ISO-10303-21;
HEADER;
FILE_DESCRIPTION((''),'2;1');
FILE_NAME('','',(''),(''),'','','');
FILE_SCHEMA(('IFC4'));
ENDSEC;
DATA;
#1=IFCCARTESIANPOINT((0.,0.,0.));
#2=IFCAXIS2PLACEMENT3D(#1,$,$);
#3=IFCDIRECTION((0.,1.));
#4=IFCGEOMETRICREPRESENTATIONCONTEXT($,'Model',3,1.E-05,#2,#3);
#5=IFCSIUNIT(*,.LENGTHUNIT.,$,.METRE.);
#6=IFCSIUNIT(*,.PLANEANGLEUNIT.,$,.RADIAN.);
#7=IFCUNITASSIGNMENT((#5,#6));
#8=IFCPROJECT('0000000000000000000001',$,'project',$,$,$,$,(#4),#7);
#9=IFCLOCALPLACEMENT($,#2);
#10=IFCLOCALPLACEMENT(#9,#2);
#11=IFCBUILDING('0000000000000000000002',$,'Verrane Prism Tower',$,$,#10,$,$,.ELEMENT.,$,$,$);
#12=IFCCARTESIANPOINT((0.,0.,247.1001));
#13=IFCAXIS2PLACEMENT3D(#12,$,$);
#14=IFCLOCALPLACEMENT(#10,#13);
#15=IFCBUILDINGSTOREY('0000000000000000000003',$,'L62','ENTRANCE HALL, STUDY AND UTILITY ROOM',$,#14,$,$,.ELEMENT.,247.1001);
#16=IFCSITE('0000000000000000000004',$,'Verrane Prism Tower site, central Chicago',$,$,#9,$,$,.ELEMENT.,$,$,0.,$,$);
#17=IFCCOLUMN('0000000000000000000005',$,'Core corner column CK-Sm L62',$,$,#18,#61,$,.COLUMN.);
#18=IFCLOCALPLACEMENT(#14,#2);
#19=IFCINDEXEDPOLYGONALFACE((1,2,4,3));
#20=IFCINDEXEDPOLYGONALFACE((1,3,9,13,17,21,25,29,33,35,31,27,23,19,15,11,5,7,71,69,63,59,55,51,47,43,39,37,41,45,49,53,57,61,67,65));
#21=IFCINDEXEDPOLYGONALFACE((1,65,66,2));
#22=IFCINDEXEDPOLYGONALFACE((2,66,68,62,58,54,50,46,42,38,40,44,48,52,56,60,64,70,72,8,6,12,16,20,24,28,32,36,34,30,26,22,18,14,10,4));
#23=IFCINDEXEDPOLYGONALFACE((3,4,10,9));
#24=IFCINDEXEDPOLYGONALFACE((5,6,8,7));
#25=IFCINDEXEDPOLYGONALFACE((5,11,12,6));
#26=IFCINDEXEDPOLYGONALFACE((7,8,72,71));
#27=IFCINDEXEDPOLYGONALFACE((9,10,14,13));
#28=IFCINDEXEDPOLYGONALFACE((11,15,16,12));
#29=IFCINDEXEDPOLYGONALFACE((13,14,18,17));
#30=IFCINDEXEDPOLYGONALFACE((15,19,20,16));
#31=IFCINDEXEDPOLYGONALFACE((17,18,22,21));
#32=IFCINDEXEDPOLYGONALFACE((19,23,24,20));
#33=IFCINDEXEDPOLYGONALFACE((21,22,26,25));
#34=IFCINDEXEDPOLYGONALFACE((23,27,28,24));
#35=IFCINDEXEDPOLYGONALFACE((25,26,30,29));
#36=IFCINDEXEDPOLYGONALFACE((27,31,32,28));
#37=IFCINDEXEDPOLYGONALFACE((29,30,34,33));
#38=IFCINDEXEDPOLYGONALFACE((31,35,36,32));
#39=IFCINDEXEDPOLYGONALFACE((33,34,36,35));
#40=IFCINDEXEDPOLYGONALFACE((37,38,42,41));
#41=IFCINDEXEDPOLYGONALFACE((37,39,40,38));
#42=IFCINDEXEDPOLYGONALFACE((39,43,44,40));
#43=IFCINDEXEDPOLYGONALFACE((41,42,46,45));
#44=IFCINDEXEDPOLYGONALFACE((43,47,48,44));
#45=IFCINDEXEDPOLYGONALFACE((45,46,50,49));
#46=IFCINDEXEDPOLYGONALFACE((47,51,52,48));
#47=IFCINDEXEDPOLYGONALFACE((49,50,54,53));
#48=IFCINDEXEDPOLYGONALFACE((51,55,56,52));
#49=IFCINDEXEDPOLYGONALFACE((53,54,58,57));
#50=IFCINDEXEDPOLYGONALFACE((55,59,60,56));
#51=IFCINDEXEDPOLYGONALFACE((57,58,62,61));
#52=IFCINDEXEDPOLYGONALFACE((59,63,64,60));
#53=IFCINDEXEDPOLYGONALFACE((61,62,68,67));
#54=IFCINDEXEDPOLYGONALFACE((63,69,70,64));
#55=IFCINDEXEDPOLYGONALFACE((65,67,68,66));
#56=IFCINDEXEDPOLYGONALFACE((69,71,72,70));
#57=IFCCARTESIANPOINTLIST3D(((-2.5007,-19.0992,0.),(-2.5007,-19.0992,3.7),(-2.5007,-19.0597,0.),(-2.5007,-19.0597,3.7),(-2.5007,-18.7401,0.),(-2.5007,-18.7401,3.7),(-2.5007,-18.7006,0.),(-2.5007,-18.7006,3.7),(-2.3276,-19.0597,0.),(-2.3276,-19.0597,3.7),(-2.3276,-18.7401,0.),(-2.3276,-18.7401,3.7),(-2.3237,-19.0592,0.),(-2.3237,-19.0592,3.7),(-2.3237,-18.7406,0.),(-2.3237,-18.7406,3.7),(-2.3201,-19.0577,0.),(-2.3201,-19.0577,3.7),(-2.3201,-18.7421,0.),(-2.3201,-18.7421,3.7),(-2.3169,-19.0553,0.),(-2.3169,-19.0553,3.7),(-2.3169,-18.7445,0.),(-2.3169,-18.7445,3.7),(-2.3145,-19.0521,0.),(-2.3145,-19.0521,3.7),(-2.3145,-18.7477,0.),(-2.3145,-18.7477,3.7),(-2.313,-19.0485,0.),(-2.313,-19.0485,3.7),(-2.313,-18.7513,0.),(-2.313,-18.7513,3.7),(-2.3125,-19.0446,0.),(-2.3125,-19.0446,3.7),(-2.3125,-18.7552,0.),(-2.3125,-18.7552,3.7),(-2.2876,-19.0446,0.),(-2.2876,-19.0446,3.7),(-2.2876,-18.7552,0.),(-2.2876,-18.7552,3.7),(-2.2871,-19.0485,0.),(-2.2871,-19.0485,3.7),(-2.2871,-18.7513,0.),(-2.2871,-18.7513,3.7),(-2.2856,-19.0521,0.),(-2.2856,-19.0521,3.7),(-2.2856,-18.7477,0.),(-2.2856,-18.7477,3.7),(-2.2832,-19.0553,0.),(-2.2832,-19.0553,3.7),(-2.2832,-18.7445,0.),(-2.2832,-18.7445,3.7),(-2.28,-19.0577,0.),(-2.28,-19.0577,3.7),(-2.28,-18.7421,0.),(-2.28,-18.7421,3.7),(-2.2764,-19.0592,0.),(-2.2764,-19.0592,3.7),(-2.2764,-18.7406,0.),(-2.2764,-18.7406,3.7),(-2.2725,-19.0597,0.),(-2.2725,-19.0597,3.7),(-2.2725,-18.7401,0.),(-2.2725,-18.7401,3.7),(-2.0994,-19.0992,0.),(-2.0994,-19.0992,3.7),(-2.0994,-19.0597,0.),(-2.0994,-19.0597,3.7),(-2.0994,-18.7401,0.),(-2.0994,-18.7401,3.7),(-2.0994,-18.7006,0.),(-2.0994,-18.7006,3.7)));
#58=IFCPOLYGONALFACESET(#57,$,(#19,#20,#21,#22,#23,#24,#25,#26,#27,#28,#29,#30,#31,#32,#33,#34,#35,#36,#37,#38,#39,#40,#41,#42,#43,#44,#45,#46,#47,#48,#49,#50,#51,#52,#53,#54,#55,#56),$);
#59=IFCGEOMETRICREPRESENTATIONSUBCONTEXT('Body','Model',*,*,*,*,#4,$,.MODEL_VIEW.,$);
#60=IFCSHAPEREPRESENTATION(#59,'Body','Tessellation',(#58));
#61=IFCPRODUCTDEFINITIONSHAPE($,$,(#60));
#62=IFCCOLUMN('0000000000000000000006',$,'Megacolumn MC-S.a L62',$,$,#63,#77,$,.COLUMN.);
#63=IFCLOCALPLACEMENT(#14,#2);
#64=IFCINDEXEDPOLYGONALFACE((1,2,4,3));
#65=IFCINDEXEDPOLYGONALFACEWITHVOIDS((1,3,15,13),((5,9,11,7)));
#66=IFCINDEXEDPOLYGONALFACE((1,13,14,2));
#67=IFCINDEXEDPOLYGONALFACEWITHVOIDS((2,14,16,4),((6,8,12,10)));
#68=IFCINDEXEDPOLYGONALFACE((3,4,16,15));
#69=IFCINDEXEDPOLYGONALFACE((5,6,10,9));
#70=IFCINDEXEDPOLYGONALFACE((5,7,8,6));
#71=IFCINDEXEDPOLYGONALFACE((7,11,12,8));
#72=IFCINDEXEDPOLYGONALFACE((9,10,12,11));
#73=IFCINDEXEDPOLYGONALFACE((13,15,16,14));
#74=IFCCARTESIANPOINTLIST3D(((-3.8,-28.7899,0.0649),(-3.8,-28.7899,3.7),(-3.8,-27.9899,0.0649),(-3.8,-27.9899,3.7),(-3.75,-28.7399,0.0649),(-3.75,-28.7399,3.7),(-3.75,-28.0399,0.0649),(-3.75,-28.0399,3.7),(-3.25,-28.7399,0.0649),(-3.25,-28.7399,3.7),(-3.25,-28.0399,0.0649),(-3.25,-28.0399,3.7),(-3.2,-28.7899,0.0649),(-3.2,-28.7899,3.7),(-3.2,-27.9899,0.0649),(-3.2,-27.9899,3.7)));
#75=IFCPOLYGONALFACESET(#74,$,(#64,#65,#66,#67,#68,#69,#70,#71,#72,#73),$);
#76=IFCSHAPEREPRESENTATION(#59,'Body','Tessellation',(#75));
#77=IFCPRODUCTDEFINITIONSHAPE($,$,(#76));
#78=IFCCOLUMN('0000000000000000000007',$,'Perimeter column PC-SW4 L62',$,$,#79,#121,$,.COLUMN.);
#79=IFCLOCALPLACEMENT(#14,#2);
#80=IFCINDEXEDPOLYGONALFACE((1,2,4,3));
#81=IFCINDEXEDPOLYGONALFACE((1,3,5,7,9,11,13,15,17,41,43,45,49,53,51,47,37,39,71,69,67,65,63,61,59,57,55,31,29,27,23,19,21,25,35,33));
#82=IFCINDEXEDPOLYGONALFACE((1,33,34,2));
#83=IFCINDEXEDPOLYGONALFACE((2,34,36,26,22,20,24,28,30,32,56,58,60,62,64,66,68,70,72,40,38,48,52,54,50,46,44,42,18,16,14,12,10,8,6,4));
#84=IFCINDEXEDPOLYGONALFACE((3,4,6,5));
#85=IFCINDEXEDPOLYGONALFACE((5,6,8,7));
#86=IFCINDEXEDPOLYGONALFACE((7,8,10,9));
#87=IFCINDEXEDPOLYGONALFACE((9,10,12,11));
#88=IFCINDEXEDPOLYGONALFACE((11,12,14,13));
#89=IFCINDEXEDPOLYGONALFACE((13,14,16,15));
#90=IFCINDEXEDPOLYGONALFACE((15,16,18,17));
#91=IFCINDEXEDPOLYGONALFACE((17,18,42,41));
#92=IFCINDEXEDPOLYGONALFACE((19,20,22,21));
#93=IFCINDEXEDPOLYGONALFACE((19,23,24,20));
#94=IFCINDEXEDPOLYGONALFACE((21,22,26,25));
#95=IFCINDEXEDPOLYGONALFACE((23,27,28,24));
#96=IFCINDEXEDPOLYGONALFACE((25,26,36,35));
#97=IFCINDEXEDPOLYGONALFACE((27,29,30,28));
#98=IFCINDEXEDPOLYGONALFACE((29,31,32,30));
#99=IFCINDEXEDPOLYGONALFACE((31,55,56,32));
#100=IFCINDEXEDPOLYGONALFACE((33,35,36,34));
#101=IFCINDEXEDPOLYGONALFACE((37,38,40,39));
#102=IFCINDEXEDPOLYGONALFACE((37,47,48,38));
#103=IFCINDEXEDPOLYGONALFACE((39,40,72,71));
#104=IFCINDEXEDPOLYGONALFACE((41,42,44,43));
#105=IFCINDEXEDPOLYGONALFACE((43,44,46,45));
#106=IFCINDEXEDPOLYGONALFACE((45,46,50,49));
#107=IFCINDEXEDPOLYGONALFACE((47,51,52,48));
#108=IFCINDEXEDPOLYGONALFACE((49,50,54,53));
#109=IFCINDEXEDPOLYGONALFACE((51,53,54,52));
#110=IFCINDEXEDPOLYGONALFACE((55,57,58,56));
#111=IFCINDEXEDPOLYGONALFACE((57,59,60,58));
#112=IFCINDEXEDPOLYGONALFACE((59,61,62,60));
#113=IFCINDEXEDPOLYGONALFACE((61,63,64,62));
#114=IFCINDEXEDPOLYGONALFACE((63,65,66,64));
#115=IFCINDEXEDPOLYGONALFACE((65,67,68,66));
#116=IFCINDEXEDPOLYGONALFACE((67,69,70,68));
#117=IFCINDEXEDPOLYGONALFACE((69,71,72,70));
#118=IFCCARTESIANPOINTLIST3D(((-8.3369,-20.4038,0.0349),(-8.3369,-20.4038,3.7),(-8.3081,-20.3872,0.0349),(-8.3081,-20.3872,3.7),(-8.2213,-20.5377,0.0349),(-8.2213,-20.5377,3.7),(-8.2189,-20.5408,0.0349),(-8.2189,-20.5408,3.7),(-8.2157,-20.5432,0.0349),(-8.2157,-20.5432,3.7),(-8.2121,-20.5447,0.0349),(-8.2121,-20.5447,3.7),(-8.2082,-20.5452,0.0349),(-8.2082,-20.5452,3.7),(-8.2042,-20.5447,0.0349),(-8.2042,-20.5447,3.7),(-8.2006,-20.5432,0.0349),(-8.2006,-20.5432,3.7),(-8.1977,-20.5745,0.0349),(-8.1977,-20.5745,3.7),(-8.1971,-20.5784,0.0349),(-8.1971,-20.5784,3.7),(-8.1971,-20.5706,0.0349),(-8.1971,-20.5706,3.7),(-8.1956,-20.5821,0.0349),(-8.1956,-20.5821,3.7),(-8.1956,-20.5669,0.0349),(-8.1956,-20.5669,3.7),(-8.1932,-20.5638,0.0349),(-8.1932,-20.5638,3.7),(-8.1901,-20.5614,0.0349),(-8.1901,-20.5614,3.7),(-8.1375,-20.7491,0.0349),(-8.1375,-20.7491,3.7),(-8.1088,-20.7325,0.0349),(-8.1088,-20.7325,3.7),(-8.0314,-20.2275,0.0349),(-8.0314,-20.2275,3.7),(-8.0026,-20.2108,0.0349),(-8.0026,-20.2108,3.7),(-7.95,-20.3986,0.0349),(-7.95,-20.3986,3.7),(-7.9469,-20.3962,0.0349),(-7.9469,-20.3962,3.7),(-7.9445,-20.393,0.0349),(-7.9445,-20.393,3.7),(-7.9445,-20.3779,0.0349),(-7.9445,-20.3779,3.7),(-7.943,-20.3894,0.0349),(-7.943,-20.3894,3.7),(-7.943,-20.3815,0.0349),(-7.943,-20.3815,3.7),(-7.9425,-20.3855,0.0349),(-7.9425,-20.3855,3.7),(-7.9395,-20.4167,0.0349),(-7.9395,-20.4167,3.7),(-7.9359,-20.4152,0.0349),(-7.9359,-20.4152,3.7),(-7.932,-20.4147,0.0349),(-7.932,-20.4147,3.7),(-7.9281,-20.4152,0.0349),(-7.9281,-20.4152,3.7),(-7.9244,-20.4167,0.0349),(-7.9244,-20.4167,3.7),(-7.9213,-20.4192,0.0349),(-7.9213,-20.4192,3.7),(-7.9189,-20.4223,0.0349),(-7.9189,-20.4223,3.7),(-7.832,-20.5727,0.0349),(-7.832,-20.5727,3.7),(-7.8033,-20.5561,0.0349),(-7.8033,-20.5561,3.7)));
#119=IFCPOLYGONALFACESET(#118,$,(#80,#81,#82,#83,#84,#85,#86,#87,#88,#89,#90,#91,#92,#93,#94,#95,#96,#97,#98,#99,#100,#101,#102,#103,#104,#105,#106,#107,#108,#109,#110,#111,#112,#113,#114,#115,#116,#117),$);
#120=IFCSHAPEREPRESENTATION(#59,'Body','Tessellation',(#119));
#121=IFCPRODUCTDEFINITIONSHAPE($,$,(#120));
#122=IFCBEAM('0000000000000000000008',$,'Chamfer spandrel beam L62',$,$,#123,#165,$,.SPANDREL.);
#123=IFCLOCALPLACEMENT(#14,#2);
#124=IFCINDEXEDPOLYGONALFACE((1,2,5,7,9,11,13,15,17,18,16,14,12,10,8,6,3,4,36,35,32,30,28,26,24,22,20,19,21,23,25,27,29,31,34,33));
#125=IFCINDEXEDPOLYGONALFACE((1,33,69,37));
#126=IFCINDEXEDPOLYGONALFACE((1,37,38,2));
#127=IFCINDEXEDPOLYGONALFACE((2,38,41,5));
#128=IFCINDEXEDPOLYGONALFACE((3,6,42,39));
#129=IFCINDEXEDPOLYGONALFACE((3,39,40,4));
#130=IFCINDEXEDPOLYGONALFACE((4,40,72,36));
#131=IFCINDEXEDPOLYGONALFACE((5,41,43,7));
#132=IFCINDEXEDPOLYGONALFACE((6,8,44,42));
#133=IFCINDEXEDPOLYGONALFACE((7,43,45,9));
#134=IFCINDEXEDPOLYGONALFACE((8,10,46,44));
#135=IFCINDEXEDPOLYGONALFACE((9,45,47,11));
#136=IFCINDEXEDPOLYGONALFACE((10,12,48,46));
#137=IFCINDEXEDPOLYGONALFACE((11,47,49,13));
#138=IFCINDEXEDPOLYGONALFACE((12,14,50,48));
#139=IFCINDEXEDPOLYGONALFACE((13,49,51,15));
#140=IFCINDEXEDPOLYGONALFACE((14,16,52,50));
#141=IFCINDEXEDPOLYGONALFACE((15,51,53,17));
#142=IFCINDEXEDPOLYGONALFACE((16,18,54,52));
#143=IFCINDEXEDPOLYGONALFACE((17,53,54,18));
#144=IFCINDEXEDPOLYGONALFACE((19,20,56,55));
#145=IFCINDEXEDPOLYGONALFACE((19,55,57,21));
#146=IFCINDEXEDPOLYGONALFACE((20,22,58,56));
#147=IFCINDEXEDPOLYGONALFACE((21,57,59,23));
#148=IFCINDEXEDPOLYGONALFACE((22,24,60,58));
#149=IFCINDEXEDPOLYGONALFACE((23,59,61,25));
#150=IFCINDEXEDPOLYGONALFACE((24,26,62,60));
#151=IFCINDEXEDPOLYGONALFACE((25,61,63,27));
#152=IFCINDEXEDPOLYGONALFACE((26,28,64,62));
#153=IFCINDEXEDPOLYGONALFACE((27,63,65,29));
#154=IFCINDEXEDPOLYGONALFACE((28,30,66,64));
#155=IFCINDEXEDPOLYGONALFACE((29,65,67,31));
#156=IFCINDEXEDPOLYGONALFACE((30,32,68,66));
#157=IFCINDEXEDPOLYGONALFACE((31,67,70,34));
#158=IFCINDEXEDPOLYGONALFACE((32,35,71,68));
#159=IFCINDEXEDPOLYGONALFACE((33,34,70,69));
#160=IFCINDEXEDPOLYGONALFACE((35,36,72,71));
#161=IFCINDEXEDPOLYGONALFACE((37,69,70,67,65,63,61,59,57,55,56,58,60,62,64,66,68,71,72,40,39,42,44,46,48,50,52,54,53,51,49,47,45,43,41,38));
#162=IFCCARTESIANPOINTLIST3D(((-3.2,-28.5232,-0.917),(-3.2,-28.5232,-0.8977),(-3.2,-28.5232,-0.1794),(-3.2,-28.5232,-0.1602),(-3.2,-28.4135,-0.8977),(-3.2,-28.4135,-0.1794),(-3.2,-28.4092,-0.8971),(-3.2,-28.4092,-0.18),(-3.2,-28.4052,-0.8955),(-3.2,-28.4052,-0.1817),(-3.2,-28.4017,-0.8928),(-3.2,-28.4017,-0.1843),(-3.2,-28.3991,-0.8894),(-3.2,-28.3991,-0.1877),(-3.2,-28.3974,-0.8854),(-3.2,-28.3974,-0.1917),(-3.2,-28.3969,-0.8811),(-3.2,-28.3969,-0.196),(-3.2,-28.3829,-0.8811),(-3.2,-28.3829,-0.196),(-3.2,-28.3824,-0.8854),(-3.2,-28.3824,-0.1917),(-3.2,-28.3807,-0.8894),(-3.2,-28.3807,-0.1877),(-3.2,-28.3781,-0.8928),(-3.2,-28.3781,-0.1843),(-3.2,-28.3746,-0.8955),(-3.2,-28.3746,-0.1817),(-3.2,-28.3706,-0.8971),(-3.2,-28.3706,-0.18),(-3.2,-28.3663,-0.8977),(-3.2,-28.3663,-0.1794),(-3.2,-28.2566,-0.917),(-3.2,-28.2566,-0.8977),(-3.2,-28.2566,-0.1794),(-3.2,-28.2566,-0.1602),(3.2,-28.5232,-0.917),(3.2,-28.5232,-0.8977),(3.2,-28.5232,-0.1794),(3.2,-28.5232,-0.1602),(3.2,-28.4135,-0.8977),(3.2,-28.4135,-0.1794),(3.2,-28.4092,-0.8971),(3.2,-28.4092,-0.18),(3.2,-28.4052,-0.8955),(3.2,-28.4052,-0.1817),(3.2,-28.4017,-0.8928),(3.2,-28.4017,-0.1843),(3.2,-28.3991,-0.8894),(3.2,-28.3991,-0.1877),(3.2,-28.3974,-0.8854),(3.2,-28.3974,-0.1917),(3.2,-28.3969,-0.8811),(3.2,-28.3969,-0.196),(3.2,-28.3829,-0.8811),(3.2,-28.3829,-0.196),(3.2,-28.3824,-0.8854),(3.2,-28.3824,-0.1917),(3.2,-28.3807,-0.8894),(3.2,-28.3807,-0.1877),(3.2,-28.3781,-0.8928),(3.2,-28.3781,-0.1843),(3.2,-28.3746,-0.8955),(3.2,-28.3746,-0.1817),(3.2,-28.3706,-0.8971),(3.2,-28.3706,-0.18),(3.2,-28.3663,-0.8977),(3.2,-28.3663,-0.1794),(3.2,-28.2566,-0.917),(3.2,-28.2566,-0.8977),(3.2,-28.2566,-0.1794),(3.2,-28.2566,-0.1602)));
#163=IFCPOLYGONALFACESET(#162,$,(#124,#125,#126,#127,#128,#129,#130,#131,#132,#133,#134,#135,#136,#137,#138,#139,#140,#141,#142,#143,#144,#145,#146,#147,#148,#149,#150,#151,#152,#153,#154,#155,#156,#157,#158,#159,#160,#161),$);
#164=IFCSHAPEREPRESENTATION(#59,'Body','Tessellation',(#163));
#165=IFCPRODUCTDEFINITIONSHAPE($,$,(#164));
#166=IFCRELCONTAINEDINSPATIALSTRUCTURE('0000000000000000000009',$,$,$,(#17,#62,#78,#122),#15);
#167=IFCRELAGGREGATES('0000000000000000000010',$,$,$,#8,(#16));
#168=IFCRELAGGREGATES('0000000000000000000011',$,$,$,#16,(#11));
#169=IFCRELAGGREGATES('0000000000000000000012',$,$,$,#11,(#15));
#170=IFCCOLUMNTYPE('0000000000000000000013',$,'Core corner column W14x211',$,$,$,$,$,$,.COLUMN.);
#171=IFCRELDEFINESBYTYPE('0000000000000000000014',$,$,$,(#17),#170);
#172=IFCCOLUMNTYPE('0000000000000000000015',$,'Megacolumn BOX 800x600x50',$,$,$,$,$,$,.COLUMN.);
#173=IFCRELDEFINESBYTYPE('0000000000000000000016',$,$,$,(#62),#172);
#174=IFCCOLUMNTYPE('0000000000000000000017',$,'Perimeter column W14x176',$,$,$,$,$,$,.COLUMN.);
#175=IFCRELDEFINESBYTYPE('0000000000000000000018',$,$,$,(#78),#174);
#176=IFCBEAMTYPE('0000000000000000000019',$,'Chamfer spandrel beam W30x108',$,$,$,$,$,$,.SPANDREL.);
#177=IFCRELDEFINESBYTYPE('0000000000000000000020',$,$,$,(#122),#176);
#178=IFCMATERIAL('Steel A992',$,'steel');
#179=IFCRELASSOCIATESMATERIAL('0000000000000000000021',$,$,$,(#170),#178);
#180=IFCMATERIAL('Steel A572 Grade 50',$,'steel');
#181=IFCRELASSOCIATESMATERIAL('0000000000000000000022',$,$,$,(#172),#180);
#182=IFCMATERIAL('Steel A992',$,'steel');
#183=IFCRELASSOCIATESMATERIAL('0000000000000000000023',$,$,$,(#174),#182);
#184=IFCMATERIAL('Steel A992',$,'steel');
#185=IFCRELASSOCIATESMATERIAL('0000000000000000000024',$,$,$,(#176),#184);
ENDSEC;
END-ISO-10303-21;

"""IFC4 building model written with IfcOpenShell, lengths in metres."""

from ifc_helpers import new_model, si_unit, direction, frame, origin, origin_2d, place, context, subcontext, project, spatial, hollow_rectangle, i_section, extrude, material, material_profile, profile_set, type_object, element, save


model = new_model("IFC4")

# Units and contexts
model_context = context("Model", 3, precision=1e-05, world=origin(), true_north=direction((0.0, 1.0)))
body_context = subcontext(model_context, "Body", "Model", "MODEL_VIEW")
ifc_project = project(units=[si_unit("LENGTHUNIT", "METRE"), si_unit("PLANEANGLEUNIT", "RADIAN")], contexts=[model_context])

# Site, building, storey
site_placement = place(None, origin())
site = spatial("IfcSite", under=ifc_project, at=site_placement, Name="Verrane Prism Tower site, central Chicago", CompositionType="ELEMENT", RefElevation=0.0)
building_placement = place(site_placement, origin())
building = spatial("IfcBuilding", under=site, at=building_placement, Name="Verrane Prism Tower", CompositionType="ELEMENT")
storey_placement = place(building_placement, frame((0.0, 0.0, 247.1001)))
storey = spatial("IfcBuildingStorey", under=building, at=storey_placement, Name="L62", Description="ENTRANCE HALL, STUDY AND UTILITY ROOM", CompositionType="ELEMENT", Elevation=247.1001)

# Columns
ifc_material_1 = material(Name="Steel A992", Category="steel")
ifc_material_profile_1 = material_profile(ifc_material_1, i_section(OverallWidth=0.4014, OverallDepth=0.3987, WebThickness=0.0249, FlangeThickness=0.0396, FilletRadius=0.0151, at=origin_2d()), Name="W14x211")
ifc_profile_set_1 = profile_set([ifc_material_profile_1], Name="Steel A992")
column_type_1 = type_object("IfcColumnType", Name="Core corner column W14x211", PredefinedType="COLUMN", material=ifc_profile_set_1)
column_1_placement = place(storey_placement, frame((-2.3, -18.8999, 0.0), z_axis=(0.0, 0.0, 1.0), x_axis=(-1.0, 0.0, 0.0)))
element("IfcColumn", 1, at=column_1_placement, inside=storey, type_object=column_type_1, Name="Core corner column CK-Sm L62", PredefinedType="COLUMN", context=body_context, shape_type="SweptSolid", body=[
    extrude(i_section(OverallWidth=0.4014, OverallDepth=0.3987, WebThickness=0.0249, FlangeThickness=0.0396, FilletRadius=0.0151, at=origin_2d()), origin(), (0.0, 0.0, 1.0), 3.7),
])
ifc_material_2 = material(Name="Steel A572 Grade 50", Category="steel")
ifc_material_profile_2 = material_profile(ifc_material_2, hollow_rectangle(XDim=0.6001, YDim=0.8, WallThickness=0.05, at=origin_2d()), Name="BOX 800x600x50")
ifc_profile_set_2 = profile_set([ifc_material_profile_2], Name="Steel A572 Grade 50")
column_type_2 = type_object("IfcColumnType", Name="Megacolumn BOX 800x600x50", PredefinedType="COLUMN", material=ifc_profile_set_2)
column_2_placement = place(storey_placement, frame((-3.5, -28.3899, 0.0649), z_axis=(0.0, 0.0, 1.0), x_axis=(-1.0, 0.0, 0.0)))
element("IfcColumn", 2, at=column_2_placement, inside=storey, type_object=column_type_2, Name="Megacolumn MC-S.a L62", PredefinedType="COLUMN", context=body_context, shape_type="SweptSolid", body=[
    extrude(hollow_rectangle(XDim=0.6001, YDim=0.8, WallThickness=0.05, at=origin_2d()), origin(), (0.0, 0.0, 1.0), 3.635),
])
ifc_material_3 = material(Name="Steel A992", Category="steel")
ifc_material_profile_3 = material_profile(ifc_material_3, i_section(OverallWidth=0.3987, OverallDepth=0.386, WebThickness=0.021, FlangeThickness=0.0332, FilletRadius=0.0151, at=origin_2d()), Name="W14x176")
ifc_profile_set_3 = profile_set([ifc_material_profile_3], Name="Steel A992")
column_type_3 = type_object("IfcColumnType", Name="Perimeter column W14x176", PredefinedType="COLUMN", material=ifc_profile_set_3)
column_3_placement = place(storey_placement, frame((-8.0701, -20.48, 0.0349), z_axis=(0.0, 0.0, 1.0), x_axis=(-0.5, 0.866025, 0.0)))
element("IfcColumn", 3, at=column_3_placement, inside=storey, type_object=column_type_3, Name="Perimeter column PC-SW4 L62", PredefinedType="COLUMN", context=body_context, shape_type="SweptSolid", body=[
    extrude(i_section(OverallWidth=0.3987, OverallDepth=0.386, WebThickness=0.021, FlangeThickness=0.0332, FilletRadius=0.0151, at=origin_2d()), origin(), (0.0, 0.0, 1.0), 3.665),
])

# Beam
ifc_material_4 = material(Name="Steel A992", Category="steel")
ifc_material_profile_4 = material_profile(ifc_material_4, i_section(OverallWidth=0.2666, OverallDepth=0.7568, WebThickness=0.0139, FlangeThickness=0.0193, FilletRadius=0.0166, at=origin_2d()), Name="W30x108")
ifc_profile_set_4 = profile_set([ifc_material_profile_4], Name="Steel A992")
beam_type_1 = type_object("IfcBeamType", Name="Chamfer spandrel beam W30x108", PredefinedType="SPANDREL", material=ifc_profile_set_4)
beam_1_placement = place(storey_placement, frame((-3.2, -28.3899, -0.5386), z_axis=(1.0, 0.0, 0.0), x_axis=(0.0, 1.0, 0.0)))
element("IfcBeam", 4, at=beam_1_placement, inside=storey, type_object=beam_type_1, Name="Chamfer spandrel beam L62", PredefinedType="SPANDREL", context=body_context, shape_type="SweptSolid", body=[
    extrude(i_section(OverallWidth=0.2666, OverallDepth=0.7568, WebThickness=0.0139, FlangeThickness=0.0193, FilletRadius=0.0166, at=origin_2d()), origin(), (0.0, 0.0, 1.0), 6.3999),
])

save(model, "model.ifc")
